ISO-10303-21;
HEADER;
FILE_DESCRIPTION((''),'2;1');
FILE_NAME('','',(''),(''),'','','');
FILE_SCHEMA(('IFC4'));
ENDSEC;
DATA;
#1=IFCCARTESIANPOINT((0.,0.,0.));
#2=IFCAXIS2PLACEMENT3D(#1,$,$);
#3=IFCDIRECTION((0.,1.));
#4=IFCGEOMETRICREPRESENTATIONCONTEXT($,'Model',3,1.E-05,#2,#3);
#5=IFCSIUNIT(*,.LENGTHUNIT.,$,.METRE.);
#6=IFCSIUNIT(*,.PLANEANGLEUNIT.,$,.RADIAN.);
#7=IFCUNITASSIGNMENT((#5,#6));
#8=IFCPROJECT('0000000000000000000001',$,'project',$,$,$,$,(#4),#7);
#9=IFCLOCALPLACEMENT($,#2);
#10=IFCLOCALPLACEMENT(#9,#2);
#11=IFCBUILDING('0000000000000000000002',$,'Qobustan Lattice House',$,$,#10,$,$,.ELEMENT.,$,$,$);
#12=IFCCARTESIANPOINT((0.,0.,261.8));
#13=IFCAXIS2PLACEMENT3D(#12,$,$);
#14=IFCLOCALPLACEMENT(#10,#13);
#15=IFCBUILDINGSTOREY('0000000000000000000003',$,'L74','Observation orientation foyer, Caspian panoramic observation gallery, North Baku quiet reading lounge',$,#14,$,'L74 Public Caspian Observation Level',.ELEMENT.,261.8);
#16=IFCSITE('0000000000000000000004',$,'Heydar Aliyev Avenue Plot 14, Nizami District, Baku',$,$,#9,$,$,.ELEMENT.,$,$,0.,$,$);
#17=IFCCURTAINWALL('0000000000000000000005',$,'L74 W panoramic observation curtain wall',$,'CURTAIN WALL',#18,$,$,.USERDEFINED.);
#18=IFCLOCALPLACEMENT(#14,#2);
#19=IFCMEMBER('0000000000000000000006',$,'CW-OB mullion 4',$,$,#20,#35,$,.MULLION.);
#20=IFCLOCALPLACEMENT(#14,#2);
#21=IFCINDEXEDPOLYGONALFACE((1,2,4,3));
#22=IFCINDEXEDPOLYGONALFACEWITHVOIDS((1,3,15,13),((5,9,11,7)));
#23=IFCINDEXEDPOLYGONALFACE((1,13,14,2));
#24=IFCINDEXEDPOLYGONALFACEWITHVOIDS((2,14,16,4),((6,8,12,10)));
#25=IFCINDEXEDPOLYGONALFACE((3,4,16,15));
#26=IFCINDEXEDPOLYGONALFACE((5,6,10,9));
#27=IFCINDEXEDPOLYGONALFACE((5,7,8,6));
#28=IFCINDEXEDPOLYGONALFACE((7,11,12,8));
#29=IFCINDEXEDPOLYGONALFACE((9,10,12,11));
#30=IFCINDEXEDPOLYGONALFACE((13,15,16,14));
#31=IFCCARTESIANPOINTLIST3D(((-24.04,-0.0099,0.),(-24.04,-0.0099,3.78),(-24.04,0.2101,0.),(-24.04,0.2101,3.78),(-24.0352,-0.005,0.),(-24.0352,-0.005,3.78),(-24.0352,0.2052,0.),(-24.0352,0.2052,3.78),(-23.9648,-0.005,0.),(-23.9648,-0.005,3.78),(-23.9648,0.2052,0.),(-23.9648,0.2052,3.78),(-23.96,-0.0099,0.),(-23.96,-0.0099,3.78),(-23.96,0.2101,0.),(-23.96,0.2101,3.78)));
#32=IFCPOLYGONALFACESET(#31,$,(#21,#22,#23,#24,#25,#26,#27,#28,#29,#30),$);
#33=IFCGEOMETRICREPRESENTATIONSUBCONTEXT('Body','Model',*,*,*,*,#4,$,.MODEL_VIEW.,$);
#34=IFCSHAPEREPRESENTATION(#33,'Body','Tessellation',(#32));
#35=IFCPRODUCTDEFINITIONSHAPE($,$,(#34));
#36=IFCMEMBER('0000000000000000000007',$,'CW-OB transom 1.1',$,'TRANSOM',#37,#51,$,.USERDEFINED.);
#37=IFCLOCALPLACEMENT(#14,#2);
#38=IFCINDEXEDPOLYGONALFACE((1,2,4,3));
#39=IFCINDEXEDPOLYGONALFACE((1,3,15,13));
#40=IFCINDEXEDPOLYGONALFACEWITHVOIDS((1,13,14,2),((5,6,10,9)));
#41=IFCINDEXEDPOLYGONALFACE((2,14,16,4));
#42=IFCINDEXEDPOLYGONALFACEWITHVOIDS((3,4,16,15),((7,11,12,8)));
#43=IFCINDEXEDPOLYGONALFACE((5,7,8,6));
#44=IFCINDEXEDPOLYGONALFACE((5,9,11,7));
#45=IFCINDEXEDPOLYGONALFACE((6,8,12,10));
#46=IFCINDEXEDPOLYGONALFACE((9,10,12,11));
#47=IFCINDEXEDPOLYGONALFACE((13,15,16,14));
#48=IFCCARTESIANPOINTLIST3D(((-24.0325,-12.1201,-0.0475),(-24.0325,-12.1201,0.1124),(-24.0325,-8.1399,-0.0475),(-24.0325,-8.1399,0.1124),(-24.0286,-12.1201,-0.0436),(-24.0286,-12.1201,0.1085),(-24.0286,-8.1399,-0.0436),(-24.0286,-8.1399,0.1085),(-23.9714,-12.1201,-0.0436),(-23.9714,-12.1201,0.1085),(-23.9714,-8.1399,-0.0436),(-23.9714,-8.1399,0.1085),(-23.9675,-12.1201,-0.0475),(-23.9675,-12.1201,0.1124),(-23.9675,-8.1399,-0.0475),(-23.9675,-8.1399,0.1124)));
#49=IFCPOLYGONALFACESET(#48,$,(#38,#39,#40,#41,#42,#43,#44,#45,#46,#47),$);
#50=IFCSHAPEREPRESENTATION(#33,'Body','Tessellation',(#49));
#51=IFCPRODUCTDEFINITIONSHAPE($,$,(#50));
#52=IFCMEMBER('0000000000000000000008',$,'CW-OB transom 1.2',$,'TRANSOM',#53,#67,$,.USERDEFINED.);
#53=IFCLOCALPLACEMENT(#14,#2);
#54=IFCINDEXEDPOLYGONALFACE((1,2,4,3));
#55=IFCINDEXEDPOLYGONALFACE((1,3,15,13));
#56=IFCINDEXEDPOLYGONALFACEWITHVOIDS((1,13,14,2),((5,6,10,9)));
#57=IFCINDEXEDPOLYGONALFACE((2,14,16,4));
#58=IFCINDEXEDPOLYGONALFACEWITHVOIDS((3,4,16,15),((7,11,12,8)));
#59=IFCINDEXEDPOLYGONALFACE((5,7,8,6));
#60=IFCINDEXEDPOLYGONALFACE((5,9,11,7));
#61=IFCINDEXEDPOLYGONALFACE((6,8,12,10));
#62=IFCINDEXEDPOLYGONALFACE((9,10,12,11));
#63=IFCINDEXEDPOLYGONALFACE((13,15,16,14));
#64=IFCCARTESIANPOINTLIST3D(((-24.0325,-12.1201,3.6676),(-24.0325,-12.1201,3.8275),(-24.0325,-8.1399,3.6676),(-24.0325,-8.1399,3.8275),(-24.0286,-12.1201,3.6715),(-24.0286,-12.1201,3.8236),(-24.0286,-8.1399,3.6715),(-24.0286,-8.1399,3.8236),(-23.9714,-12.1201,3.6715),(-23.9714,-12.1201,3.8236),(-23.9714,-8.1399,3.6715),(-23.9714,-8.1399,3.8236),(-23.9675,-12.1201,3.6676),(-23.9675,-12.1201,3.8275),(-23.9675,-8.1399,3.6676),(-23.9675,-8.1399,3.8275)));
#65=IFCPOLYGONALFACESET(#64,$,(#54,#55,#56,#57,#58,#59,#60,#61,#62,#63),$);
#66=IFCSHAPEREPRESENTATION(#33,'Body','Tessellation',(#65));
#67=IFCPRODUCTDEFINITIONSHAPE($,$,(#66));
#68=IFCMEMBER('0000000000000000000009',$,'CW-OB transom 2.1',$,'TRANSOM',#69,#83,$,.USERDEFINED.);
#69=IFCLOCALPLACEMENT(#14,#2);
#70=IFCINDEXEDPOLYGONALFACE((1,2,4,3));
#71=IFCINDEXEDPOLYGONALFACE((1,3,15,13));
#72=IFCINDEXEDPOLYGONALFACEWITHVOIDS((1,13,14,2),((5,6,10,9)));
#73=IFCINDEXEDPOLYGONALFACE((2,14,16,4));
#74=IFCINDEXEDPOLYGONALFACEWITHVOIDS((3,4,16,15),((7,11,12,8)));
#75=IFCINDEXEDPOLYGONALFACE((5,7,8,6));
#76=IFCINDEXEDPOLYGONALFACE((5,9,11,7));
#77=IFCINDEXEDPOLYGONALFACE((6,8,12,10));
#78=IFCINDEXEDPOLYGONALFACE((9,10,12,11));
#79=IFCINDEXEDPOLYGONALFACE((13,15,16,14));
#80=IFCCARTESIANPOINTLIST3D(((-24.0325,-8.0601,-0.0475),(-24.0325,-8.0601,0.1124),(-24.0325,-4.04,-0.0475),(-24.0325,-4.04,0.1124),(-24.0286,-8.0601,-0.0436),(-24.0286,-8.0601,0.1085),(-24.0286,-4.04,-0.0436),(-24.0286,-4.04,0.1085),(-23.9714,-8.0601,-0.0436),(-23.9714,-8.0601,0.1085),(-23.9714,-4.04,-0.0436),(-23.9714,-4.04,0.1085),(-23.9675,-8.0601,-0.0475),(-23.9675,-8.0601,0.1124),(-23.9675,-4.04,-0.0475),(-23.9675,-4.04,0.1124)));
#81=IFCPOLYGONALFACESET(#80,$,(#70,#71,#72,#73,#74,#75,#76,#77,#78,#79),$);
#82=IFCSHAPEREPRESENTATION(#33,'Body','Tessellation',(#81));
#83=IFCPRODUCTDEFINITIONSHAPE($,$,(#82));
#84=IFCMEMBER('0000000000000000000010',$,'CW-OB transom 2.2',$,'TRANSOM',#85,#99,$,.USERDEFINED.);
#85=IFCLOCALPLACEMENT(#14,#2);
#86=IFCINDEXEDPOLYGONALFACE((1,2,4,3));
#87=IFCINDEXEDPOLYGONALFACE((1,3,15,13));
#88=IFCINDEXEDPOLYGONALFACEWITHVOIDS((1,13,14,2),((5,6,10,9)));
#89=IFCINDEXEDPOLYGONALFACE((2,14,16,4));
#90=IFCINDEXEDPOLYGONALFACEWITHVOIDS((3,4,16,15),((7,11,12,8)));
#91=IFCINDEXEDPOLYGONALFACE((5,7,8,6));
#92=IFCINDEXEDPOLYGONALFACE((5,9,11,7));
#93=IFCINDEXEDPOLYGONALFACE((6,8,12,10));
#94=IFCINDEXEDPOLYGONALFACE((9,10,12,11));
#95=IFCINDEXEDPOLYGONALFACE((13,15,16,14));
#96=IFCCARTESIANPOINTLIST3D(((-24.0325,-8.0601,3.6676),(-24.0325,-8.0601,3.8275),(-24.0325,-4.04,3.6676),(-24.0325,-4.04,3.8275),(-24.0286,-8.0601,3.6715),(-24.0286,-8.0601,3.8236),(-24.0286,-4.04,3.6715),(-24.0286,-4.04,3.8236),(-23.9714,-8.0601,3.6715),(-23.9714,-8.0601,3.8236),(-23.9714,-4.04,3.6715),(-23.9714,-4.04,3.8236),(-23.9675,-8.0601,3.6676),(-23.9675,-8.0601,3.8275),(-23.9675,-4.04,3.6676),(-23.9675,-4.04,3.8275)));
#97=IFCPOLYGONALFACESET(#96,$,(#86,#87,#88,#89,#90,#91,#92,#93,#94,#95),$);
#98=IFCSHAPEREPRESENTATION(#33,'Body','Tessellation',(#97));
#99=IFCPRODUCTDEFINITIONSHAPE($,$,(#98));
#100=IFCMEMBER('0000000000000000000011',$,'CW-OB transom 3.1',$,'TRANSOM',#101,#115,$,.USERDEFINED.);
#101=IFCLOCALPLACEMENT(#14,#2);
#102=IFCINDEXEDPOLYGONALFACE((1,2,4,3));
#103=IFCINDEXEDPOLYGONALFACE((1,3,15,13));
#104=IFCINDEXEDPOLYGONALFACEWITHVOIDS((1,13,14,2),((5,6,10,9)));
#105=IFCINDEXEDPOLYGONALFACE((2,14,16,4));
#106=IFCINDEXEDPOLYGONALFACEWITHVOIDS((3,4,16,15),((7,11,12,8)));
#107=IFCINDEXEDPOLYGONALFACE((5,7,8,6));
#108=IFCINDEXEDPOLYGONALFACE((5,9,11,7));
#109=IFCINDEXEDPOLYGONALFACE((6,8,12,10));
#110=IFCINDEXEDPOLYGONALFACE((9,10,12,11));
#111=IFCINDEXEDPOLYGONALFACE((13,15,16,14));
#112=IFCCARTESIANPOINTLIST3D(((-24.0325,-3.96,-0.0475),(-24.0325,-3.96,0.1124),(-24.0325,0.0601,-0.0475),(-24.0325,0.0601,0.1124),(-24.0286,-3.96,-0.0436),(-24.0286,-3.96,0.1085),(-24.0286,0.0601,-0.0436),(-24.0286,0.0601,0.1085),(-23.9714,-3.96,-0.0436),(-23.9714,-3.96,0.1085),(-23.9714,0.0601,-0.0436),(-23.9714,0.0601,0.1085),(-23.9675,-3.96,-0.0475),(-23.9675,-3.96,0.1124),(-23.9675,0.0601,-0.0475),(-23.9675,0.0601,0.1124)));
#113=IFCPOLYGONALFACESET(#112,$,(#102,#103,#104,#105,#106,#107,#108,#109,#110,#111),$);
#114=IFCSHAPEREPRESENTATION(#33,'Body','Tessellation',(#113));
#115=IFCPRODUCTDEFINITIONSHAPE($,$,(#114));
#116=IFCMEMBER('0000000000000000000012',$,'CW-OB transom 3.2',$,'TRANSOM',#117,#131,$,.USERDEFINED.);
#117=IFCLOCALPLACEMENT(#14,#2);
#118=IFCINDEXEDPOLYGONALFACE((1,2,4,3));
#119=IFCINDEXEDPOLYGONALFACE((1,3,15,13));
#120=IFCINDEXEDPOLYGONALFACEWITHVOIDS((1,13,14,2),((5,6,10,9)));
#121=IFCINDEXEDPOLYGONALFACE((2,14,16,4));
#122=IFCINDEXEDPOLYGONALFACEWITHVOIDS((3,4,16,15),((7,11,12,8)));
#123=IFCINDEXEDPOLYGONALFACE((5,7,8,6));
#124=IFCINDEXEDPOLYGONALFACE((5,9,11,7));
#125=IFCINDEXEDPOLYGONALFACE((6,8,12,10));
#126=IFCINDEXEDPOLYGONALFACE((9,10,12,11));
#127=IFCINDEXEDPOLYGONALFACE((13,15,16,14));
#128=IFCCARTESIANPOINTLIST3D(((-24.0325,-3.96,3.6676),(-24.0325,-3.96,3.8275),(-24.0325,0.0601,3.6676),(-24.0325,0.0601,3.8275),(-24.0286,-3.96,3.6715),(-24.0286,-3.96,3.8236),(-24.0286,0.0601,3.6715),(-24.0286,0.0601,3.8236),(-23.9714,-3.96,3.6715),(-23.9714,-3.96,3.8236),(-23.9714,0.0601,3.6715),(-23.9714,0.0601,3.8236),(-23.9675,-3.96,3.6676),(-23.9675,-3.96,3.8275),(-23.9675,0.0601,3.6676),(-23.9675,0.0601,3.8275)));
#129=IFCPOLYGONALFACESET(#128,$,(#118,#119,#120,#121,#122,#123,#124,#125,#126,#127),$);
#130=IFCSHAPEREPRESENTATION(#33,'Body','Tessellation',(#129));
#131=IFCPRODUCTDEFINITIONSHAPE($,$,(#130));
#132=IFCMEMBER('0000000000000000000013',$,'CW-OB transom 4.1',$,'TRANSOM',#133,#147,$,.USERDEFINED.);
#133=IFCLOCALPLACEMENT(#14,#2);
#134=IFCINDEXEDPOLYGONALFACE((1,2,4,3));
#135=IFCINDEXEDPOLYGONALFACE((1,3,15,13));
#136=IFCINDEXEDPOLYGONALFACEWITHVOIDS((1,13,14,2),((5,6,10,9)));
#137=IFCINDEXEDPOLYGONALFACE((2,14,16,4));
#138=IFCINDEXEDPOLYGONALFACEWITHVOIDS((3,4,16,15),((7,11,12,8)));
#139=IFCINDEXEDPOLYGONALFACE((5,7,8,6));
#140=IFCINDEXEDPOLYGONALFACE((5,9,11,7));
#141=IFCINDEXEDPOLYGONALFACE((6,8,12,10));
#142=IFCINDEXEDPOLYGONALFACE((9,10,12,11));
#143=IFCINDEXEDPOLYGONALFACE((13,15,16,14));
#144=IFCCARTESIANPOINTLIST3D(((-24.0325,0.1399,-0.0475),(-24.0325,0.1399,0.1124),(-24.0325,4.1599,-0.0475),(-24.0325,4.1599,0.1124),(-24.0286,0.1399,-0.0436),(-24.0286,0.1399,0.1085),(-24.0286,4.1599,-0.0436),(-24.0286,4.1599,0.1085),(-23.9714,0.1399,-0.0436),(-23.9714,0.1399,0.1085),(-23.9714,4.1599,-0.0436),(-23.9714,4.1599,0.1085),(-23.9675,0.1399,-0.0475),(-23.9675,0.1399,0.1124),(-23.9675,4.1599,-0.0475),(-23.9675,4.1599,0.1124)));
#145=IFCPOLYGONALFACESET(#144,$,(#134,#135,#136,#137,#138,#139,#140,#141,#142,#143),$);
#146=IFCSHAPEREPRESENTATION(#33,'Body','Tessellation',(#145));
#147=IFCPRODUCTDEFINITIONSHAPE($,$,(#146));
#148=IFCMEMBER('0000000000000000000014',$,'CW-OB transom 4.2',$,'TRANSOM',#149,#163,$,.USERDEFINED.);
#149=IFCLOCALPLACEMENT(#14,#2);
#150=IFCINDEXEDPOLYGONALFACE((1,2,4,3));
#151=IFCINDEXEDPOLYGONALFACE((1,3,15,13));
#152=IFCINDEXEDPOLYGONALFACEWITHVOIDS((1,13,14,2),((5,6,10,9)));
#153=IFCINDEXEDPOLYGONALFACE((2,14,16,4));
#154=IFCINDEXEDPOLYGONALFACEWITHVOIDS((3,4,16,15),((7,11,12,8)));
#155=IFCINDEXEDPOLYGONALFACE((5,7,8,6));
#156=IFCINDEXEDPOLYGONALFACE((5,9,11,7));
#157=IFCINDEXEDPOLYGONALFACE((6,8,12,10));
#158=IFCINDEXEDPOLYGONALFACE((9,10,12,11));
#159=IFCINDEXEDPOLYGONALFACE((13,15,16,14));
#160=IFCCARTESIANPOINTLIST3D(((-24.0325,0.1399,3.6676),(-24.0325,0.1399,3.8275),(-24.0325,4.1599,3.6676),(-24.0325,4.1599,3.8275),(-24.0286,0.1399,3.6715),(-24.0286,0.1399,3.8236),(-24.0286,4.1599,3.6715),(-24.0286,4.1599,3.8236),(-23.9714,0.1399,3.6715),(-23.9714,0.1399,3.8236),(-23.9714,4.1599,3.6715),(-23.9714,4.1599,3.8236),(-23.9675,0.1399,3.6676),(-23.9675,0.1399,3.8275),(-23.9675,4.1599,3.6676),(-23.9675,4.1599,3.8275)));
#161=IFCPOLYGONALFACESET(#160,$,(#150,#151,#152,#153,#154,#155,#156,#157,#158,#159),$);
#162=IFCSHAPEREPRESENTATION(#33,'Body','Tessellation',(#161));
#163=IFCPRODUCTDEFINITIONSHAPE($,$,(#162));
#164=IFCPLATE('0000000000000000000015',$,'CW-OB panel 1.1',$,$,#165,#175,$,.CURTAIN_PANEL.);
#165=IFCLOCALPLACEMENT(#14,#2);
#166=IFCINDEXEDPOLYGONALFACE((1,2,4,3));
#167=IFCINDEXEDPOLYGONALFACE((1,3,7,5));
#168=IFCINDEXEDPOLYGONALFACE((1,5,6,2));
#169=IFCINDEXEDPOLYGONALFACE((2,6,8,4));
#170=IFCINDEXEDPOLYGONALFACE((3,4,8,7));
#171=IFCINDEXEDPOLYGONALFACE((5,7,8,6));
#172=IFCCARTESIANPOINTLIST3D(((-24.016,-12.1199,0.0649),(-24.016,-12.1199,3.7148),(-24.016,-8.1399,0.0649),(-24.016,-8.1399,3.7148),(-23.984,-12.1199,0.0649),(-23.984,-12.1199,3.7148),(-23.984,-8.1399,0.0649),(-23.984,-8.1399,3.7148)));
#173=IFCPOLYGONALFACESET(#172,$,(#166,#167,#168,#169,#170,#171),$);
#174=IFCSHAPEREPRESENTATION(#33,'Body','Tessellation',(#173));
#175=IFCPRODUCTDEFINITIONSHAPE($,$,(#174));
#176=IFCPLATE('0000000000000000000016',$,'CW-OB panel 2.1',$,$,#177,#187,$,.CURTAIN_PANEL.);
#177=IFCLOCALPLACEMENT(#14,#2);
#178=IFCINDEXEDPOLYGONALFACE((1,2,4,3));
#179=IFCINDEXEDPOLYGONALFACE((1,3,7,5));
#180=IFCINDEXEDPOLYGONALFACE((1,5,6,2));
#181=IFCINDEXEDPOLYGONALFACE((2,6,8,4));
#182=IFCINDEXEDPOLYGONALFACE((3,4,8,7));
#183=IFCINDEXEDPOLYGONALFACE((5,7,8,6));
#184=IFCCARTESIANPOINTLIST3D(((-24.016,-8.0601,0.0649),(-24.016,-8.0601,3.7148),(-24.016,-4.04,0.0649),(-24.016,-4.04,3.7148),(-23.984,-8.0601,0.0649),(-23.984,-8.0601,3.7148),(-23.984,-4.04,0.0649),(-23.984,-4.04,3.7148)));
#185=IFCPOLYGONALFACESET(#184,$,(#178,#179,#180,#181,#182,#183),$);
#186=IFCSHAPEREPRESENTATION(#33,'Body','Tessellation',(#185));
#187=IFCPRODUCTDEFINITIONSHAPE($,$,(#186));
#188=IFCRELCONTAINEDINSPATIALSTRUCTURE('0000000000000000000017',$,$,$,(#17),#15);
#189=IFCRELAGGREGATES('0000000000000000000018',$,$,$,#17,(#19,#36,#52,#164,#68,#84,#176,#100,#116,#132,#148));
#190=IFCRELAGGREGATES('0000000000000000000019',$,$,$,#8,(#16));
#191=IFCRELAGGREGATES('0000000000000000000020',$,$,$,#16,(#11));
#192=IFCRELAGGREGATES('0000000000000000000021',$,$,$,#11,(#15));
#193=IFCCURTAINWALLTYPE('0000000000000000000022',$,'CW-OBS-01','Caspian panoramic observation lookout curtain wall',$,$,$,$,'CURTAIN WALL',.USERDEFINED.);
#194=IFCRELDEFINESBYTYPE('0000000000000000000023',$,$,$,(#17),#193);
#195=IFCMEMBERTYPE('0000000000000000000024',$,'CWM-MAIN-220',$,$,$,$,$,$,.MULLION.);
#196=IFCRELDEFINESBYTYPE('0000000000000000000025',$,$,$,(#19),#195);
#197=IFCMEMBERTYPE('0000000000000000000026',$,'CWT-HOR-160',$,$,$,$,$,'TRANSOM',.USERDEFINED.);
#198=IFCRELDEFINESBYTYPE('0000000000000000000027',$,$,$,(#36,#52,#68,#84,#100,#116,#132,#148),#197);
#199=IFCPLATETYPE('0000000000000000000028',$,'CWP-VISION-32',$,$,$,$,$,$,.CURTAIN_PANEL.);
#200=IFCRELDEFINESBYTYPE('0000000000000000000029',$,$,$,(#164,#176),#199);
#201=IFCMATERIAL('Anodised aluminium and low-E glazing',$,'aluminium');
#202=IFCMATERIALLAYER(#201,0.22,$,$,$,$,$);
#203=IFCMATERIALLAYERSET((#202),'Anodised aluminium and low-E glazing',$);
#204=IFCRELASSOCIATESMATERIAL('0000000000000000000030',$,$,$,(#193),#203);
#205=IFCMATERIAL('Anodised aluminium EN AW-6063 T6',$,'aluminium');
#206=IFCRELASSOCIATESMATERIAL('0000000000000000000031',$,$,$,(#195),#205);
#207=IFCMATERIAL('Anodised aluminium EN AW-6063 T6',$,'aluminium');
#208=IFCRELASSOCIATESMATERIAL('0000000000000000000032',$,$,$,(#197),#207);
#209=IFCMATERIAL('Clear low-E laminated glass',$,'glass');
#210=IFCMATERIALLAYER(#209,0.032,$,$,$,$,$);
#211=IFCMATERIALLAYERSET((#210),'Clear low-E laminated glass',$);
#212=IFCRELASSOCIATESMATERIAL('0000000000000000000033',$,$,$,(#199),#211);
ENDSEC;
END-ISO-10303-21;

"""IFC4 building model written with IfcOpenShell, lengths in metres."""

from ifc_helpers import new_model, si_unit, direction, frame, origin, origin_2d, place, context, subcontext, project, spatial, rectangle, hollow_rectangle, extrude, material, layer, layer_set, material_profile, profile_set, type_object, element, aggregate, save


model = new_model("IFC4")

# Units and contexts
model_context = context("Model", 3, precision=1e-05, world=origin(), true_north=direction((0.0, 1.0)))
body_context = subcontext(model_context, "Body", "Model", "MODEL_VIEW")
ifc_project = project(units=[si_unit("LENGTHUNIT", "METRE"), si_unit("PLANEANGLEUNIT", "RADIAN")], contexts=[model_context])

# Site, building, storey
site_placement = place(None, origin())
site = spatial("IfcSite", under=ifc_project, at=site_placement, Name="Heydar Aliyev Avenue Plot 14, Nizami District, Baku", CompositionType="ELEMENT", RefElevation=0.0)
building_placement = place(site_placement, origin())
building = spatial("IfcBuilding", under=site, at=building_placement, Name="Qobustan Lattice House", CompositionType="ELEMENT")
storey_placement = place(building_placement, frame((0.0, 0.0, 261.8)))
storey = spatial("IfcBuildingStorey", under=building, at=storey_placement, Name="L74", Description="Observation orientation foyer, Caspian panoramic observation gallery, North Baku quiet reading lounge", LongName="L74 Public Caspian Observation Level", CompositionType="ELEMENT", Elevation=261.8)

# Curtain wall, members, plates
ifc_material_1 = material(Name="Anodised aluminium and low-E glazing", Category="aluminium")
ifc_layer_1 = layer(ifc_material_1, 0.22)
ifc_layer_set_1 = layer_set([ifc_layer_1], Name="Anodised aluminium and low-E glazing")
curtain_wall_type = type_object("IfcCurtainWallType", Name="CW-OBS-01", Description="Caspian panoramic observation lookout curtain wall", ElementType="CURTAIN WALL", PredefinedType="USERDEFINED", material=ifc_layer_set_1)
curtain_wall_placement = place(storey_placement, origin())
curtain_wall = element("IfcCurtainWall", 1, at=curtain_wall_placement, inside=storey, type_object=curtain_wall_type, Name="L74 W panoramic observation curtain wall", ObjectType="CURTAIN WALL", PredefinedType="USERDEFINED")
ifc_material_2 = material(Name="Anodised aluminium EN AW-6063 T6", Category="aluminium")
ifc_material_profile_1 = material_profile(ifc_material_2, hollow_rectangle(XDim=0.0801, YDim=0.22, WallThickness=0.0049, at=origin_2d()), Name="CWM-220x80")
ifc_profile_set_1 = profile_set([ifc_material_profile_1], Name="Anodised aluminium EN AW-6063 T6")
member_type_1 = type_object("IfcMemberType", Name="CWM-MAIN-220", PredefinedType="MULLION", material=ifc_profile_set_1)
member_1_placement = place(storey_placement, frame((-24.0, 0.1001, 0.0), z_axis=(0.0, 0.0, 1.0), x_axis=(-1.0, 0.0, 0.0)))
member_1 = element("IfcMember", 2, at=member_1_placement, type_object=member_type_1, Name="CW-OB mullion 4", PredefinedType="MULLION", context=body_context, shape_type="SweptSolid", body=[
    extrude(hollow_rectangle(XDim=0.0801, YDim=0.22, WallThickness=0.0049, at=origin_2d()), origin(), (0.0, 0.0, 1.0), 3.78),
])
ifc_material_3 = material(Name="Anodised aluminium EN AW-6063 T6", Category="aluminium")
ifc_material_profile_2 = material_profile(ifc_material_3, hollow_rectangle(XDim=0.0649, YDim=0.1599, WallThickness=0.0039, at=origin_2d()), Name="CWT-160x65")
ifc_profile_set_2 = profile_set([ifc_material_profile_2], Name="Anodised aluminium EN AW-6063 T6")
member_type_2 = type_object("IfcMemberType", Name="CWT-HOR-160", ElementType="TRANSOM", PredefinedType="USERDEFINED", material=ifc_profile_set_2)
member_2_placement = place(storey_placement, frame((-24.0, -12.1201, 0.0325), z_axis=(0.0, 1.0, 0.0), x_axis=(-1.0, 0.0, 0.0)))
member_2 = element("IfcMember", 3, at=member_2_placement, type_object=member_type_2, Name="CW-OB transom 1.1", ObjectType="TRANSOM", PredefinedType="USERDEFINED", context=body_context, shape_type="SweptSolid", body=[
    extrude(hollow_rectangle(XDim=0.0649, YDim=0.1599, WallThickness=0.0039, at=origin_2d()), origin(), (0.0, 0.0, 1.0), 3.9802),
])
member_3_placement = place(storey_placement, frame((-24.0, -12.1201, 3.7476), z_axis=(0.0, 1.0, 0.0), x_axis=(-1.0, 0.0, 0.0)))
member_3 = element("IfcMember", 4, at=member_3_placement, type_object=member_type_2, Name="CW-OB transom 1.2", ObjectType="TRANSOM", PredefinedType="USERDEFINED", context=body_context, shape_type="SweptSolid", body=[
    extrude(hollow_rectangle(XDim=0.0649, YDim=0.1599, WallThickness=0.0039, at=origin_2d()), origin(), (0.0, 0.0, 1.0), 3.9802),
])
member_4_placement = place(storey_placement, frame((-24.0, -8.0601, 0.0325), z_axis=(0.0, 1.0, 0.0), x_axis=(-1.0, 0.0, 0.0)))
member_4 = element("IfcMember", 5, at=member_4_placement, type_object=member_type_2, Name="CW-OB transom 2.1", ObjectType="TRANSOM", PredefinedType="USERDEFINED", context=body_context, shape_type="SweptSolid", body=[
    extrude(hollow_rectangle(XDim=0.0649, YDim=0.1599, WallThickness=0.0039, at=origin_2d()), origin(), (0.0, 0.0, 1.0), 4.02),
])
member_5_placement = place(storey_placement, frame((-24.0, -8.0601, 3.7476), z_axis=(0.0, 1.0, 0.0), x_axis=(-1.0, 0.0, 0.0)))
member_5 = element("IfcMember", 6, at=member_5_placement, type_object=member_type_2, Name="CW-OB transom 2.2", ObjectType="TRANSOM", PredefinedType="USERDEFINED", context=body_context, shape_type="SweptSolid", body=[
    extrude(hollow_rectangle(XDim=0.0649, YDim=0.1599, WallThickness=0.0039, at=origin_2d()), origin(), (0.0, 0.0, 1.0), 4.02),
])
member_6_placement = place(storey_placement, frame((-24.0, -3.96, 0.0325), z_axis=(0.0, 1.0, 0.0), x_axis=(-1.0, 0.0, 0.0)))
member_6 = element("IfcMember", 7, at=member_6_placement, type_object=member_type_2, Name="CW-OB transom 3.1", ObjectType="TRANSOM", PredefinedType="USERDEFINED", context=body_context, shape_type="SweptSolid", body=[
    extrude(hollow_rectangle(XDim=0.0649, YDim=0.1599, WallThickness=0.0039, at=origin_2d()), origin(), (0.0, 0.0, 1.0), 4.02),
])
member_7_placement = place(storey_placement, frame((-24.0, -3.96, 3.7476), z_axis=(0.0, 1.0, 0.0), x_axis=(-1.0, 0.0, 0.0)))
member_7 = element("IfcMember", 8, at=member_7_placement, type_object=member_type_2, Name="CW-OB transom 3.2", ObjectType="TRANSOM", PredefinedType="USERDEFINED", context=body_context, shape_type="SweptSolid", body=[
    extrude(hollow_rectangle(XDim=0.0649, YDim=0.1599, WallThickness=0.0039, at=origin_2d()), origin(), (0.0, 0.0, 1.0), 4.02),
])
member_8_placement = place(storey_placement, frame((-24.0, 0.1399, 0.0325), z_axis=(0.0, 1.0, 0.0), x_axis=(-1.0, 0.0, 0.0)))
member_8 = element("IfcMember", 9, at=member_8_placement, type_object=member_type_2, Name="CW-OB transom 4.1", ObjectType="TRANSOM", PredefinedType="USERDEFINED", context=body_context, shape_type="SweptSolid", body=[
    extrude(hollow_rectangle(XDim=0.0649, YDim=0.1599, WallThickness=0.0039, at=origin_2d()), origin(), (0.0, 0.0, 1.0), 4.02),
])
member_9_placement = place(storey_placement, frame((-24.0, 0.1399, 3.7476), z_axis=(0.0, 1.0, 0.0), x_axis=(-1.0, 0.0, 0.0)))
member_9 = element("IfcMember", 10, at=member_9_placement, type_object=member_type_2, Name="CW-OB transom 4.2", ObjectType="TRANSOM", PredefinedType="USERDEFINED", context=body_context, shape_type="SweptSolid", body=[
    extrude(hollow_rectangle(XDim=0.0649, YDim=0.1599, WallThickness=0.0039, at=origin_2d()), origin(), (0.0, 0.0, 1.0), 4.02),
])
ifc_material_4 = material(Name="Clear low-E laminated glass", Category="glass")
ifc_layer_2 = layer(ifc_material_4, 0.032)
ifc_layer_set_2 = layer_set([ifc_layer_2], Name="Clear low-E laminated glass")
plate_type = type_object("IfcPlateType", Name="CWP-VISION-32", PredefinedType="CURTAIN_PANEL", material=ifc_layer_set_2)
plate_1_placement = place(storey_placement, frame((-24.0, -10.1299, 0.0649), z_axis=(0.0, 0.0, 1.0), x_axis=(0.0, 1.0, 0.0)))
plate_1 = element("IfcPlate", 11, at=plate_1_placement, type_object=plate_type, Name="CW-OB panel 1.1", PredefinedType="CURTAIN_PANEL", context=body_context, shape_type="SweptSolid", body=[
    extrude(rectangle(XDim=3.98, YDim=0.032, at=origin_2d()), origin(), (0.0, 0.0, 1.0), 3.6499),
])
plate_2_placement = place(storey_placement, frame((-24.0, -6.05, 0.0649), z_axis=(0.0, 0.0, 1.0), x_axis=(0.0, 1.0, 0.0)))
plate_2 = element("IfcPlate", 12, at=plate_2_placement, type_object=plate_type, Name="CW-OB panel 2.1", PredefinedType="CURTAIN_PANEL", context=body_context, shape_type="SweptSolid", body=[
    extrude(rectangle(XDim=4.02, YDim=0.032, at=origin_2d()), origin(), (0.0, 0.0, 1.0), 3.6499),
])
aggregate(curtain_wall, [member_1, member_2, member_3, plate_1, member_4, member_5, plate_2, member_6, member_7, member_8, member_9])

save(model, "model.ifc")
